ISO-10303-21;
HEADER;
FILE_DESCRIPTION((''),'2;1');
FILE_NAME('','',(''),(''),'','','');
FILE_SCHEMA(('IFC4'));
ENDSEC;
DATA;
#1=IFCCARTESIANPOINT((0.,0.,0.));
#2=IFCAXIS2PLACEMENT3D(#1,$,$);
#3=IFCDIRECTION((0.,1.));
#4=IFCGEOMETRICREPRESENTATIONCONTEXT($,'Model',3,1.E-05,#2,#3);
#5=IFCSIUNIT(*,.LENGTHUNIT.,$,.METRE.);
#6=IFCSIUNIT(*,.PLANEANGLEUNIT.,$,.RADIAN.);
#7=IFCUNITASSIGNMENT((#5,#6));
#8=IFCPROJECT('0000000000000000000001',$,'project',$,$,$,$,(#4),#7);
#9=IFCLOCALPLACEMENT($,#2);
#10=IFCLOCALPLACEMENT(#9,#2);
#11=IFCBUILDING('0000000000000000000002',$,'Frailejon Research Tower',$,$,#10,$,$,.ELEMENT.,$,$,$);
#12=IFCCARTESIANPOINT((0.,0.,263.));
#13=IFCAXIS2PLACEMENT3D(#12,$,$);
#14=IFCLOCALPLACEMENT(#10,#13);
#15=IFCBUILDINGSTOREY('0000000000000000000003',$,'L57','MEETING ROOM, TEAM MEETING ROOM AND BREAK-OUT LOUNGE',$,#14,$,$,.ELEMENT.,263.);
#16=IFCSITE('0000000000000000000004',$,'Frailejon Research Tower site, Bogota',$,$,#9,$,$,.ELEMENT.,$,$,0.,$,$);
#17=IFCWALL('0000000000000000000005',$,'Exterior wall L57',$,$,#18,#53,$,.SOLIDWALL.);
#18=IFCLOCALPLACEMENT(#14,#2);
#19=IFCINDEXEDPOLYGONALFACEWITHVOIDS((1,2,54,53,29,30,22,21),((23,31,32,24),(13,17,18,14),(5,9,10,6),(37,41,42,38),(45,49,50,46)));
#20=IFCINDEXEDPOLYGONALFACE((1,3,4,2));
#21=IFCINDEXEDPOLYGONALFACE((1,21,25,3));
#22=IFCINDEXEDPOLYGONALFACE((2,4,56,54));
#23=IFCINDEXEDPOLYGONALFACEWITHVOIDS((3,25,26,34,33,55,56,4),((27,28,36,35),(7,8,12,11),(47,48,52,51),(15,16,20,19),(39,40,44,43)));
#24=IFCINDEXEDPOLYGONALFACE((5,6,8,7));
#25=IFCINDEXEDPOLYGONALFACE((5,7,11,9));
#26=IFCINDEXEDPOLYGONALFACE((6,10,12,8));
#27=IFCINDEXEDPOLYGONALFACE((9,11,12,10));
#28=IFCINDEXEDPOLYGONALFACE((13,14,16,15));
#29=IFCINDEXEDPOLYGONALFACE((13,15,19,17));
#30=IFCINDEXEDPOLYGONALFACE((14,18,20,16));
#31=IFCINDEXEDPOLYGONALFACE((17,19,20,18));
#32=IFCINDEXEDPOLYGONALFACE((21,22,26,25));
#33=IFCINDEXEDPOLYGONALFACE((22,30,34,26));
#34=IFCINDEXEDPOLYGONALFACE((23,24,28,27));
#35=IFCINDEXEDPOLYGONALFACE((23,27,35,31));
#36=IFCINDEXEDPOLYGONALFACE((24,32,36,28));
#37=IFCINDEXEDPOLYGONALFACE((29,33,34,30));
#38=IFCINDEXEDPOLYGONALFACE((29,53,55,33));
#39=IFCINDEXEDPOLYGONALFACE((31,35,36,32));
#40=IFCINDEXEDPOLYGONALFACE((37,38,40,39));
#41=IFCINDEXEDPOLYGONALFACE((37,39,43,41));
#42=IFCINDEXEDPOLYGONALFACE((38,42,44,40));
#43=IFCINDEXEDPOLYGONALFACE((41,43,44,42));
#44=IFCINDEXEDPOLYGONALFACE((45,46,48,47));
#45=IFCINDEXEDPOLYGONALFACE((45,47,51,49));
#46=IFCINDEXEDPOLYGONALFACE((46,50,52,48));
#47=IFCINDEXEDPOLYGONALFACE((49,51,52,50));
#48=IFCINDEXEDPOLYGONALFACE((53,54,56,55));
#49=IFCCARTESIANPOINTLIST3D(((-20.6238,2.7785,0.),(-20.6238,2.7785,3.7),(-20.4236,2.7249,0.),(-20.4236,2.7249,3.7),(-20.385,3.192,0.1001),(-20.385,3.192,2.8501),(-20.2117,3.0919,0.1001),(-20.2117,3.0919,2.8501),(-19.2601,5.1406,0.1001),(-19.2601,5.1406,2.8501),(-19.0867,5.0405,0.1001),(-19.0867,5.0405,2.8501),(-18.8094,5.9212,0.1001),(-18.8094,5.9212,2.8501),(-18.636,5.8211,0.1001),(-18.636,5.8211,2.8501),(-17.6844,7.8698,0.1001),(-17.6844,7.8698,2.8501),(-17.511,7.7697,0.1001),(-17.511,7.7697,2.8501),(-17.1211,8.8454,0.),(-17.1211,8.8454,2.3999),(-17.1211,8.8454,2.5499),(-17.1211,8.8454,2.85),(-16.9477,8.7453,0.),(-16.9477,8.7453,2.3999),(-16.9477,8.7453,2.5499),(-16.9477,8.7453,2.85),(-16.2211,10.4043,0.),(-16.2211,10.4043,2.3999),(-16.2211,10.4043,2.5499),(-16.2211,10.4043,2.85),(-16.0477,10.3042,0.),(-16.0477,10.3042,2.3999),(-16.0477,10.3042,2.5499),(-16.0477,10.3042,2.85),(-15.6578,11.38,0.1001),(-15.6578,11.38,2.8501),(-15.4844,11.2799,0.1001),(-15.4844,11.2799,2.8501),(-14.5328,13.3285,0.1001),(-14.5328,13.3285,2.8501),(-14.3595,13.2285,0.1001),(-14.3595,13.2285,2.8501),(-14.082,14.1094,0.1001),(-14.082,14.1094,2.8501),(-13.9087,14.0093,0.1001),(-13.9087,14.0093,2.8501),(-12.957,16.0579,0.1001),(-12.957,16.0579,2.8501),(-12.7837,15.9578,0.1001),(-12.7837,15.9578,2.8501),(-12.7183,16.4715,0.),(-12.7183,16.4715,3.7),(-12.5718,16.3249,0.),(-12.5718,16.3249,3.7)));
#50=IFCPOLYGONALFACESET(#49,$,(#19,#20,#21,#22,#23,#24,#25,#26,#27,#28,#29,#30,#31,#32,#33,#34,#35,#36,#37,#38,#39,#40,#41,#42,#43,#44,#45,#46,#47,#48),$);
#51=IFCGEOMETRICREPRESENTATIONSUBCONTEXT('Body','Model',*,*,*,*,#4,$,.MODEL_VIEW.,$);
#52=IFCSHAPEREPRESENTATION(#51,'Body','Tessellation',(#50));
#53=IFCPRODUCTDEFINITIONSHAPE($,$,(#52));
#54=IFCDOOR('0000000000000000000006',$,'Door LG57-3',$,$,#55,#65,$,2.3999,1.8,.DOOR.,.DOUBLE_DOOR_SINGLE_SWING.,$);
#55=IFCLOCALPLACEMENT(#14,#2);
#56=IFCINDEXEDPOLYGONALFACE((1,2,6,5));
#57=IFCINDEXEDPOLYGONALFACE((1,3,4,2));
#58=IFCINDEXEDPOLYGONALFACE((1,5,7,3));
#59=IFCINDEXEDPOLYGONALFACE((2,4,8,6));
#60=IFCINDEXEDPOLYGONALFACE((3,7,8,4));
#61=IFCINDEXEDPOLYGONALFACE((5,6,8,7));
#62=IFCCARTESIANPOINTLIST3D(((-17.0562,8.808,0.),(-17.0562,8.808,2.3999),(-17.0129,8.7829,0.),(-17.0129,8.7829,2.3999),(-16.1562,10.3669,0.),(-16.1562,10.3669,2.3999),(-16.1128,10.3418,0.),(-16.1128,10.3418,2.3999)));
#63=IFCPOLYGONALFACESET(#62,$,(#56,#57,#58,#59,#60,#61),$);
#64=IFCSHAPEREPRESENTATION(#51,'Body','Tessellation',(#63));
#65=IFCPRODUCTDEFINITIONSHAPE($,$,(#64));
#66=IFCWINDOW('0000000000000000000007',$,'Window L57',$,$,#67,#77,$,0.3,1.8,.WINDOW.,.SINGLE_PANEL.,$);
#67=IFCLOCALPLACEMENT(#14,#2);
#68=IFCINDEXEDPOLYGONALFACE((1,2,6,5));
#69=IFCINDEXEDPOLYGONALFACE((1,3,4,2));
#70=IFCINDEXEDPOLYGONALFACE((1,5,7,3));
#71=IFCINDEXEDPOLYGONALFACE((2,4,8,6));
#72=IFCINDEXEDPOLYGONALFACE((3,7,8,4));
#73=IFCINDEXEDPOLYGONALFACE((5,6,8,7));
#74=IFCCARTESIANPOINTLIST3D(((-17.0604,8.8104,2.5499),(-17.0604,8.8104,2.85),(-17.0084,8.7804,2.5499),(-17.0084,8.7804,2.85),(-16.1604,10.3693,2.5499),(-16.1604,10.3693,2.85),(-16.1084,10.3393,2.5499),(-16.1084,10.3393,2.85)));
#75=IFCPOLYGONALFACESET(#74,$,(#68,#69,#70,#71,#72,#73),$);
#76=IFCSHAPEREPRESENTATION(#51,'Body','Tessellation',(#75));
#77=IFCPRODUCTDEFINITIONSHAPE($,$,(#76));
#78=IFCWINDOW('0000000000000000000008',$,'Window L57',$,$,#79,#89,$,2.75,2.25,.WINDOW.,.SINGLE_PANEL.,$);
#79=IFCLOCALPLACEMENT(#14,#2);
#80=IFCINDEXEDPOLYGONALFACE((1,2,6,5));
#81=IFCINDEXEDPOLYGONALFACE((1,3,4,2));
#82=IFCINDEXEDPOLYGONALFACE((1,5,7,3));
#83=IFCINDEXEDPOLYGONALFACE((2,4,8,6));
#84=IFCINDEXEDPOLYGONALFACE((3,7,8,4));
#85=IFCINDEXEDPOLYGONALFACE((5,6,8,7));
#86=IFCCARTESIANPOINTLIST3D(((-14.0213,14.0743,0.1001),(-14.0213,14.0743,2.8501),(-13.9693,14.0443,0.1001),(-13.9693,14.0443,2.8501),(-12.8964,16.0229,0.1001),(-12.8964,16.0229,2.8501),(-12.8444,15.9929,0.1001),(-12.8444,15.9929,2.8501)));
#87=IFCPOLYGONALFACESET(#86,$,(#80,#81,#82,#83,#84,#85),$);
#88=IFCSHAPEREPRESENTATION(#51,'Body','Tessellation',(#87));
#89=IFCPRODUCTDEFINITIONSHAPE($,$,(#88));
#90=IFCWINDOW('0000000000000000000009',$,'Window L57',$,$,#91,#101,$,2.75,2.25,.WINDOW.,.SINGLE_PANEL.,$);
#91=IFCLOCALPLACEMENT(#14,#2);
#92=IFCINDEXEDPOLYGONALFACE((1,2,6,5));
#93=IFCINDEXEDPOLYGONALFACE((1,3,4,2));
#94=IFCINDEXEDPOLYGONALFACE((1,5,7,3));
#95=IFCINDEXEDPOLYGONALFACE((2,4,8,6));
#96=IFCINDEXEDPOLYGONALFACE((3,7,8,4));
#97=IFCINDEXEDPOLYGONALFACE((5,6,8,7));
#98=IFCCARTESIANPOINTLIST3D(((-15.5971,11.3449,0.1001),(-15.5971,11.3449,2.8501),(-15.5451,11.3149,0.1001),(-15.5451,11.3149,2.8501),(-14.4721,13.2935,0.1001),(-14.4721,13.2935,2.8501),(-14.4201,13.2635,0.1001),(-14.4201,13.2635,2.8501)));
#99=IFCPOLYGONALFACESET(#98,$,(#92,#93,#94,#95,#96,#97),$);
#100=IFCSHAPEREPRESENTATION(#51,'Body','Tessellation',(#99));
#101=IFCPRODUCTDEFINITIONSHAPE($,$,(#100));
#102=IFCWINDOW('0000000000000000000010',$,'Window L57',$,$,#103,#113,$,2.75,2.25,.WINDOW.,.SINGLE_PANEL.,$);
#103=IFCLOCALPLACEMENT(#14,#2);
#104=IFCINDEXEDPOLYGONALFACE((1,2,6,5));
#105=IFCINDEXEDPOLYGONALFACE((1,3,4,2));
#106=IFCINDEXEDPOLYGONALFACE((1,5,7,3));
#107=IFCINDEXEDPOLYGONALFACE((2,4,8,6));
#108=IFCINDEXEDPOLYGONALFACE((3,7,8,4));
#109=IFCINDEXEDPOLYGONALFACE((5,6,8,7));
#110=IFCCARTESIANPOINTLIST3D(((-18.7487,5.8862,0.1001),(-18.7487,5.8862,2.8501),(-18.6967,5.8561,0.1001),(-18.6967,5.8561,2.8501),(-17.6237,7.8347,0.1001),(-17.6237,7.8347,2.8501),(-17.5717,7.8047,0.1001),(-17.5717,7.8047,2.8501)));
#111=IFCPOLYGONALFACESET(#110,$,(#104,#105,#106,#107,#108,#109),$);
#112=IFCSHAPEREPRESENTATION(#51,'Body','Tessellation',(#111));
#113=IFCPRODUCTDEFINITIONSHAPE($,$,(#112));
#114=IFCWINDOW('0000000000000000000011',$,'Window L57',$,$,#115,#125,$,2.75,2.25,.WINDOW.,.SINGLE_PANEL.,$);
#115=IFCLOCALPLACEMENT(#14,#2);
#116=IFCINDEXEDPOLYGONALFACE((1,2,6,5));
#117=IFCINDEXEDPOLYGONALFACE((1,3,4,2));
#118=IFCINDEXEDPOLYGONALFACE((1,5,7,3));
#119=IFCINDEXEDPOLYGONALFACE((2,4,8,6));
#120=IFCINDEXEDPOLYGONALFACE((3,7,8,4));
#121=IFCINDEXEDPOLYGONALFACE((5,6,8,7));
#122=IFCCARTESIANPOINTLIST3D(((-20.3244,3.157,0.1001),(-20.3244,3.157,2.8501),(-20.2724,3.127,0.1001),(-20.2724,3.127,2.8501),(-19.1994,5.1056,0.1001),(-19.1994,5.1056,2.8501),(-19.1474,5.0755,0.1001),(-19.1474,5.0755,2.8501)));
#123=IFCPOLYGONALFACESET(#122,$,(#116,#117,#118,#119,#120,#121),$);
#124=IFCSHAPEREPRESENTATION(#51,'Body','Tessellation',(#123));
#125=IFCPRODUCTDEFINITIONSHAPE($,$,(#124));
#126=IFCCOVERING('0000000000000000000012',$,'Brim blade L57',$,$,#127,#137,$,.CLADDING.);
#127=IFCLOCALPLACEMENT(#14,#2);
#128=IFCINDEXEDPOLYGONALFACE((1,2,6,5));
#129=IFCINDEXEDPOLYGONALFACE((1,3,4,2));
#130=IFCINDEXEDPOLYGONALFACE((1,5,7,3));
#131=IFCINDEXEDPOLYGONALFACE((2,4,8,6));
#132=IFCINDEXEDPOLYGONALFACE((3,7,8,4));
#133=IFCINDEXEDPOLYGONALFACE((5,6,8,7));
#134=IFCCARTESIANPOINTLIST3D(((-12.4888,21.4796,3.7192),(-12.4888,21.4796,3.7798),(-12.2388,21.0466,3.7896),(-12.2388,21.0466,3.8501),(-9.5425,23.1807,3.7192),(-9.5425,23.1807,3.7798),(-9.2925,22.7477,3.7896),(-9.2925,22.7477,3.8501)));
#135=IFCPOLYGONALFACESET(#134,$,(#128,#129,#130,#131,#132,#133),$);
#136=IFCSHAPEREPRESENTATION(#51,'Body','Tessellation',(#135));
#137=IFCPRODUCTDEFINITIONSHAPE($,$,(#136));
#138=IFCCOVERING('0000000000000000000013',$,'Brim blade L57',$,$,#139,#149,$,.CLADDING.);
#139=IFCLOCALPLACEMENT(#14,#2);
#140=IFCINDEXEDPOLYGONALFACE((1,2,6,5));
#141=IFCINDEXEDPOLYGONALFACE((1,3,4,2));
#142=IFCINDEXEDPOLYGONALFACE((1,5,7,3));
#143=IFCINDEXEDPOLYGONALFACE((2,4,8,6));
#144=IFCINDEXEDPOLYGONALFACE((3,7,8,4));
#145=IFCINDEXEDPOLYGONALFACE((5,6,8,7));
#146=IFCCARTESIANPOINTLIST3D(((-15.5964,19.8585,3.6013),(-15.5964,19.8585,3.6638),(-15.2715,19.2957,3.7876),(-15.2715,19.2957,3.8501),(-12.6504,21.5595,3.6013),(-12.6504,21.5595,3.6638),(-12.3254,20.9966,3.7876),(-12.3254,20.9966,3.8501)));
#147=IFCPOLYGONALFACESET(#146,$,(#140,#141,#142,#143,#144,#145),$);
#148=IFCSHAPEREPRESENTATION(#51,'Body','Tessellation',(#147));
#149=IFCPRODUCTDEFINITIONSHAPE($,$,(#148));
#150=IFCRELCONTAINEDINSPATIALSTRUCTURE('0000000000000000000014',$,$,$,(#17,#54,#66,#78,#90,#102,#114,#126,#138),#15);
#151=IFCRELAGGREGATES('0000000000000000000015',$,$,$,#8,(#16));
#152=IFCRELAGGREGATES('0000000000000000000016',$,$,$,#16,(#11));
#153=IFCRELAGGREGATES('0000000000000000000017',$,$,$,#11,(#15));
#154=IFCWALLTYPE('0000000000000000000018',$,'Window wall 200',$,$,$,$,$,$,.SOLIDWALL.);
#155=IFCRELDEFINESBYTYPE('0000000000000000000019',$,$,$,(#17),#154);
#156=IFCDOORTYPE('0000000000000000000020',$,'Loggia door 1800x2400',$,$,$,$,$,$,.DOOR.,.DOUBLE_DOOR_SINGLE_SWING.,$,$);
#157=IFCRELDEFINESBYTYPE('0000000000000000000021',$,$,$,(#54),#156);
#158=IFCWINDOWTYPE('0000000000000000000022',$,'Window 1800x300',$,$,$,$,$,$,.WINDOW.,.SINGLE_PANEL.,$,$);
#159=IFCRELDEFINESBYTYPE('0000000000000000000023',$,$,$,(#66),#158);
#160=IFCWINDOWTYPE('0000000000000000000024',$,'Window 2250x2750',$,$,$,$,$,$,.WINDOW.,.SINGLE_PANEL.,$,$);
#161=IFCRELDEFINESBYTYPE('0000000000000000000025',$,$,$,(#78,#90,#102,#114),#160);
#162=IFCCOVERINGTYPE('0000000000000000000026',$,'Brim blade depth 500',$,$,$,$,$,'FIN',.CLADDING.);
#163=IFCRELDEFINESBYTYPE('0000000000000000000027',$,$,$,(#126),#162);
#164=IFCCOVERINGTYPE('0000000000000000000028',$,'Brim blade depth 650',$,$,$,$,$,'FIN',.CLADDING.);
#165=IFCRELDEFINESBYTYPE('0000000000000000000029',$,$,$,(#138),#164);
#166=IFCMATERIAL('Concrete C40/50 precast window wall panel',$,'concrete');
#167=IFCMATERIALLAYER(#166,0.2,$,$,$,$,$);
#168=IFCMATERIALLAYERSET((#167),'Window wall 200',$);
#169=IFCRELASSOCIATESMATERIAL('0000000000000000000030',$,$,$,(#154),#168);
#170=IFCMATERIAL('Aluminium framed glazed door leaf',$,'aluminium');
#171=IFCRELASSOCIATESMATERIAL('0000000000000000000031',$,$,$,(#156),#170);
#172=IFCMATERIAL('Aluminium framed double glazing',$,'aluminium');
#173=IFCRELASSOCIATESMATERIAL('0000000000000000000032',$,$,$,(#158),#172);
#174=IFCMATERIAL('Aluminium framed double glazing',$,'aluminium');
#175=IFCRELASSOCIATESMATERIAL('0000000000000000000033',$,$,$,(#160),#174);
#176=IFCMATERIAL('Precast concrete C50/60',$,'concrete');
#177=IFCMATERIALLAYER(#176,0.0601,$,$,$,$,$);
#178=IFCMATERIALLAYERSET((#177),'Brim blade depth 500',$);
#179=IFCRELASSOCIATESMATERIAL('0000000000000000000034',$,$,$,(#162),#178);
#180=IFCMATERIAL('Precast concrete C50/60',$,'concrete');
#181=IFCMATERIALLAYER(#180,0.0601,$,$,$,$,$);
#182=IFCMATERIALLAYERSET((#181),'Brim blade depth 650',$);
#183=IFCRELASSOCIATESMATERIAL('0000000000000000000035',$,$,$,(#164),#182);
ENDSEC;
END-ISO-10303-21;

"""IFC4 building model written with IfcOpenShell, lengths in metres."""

from ifc_helpers import new_model, si_unit, direction, frame, frame_2d, origin, place, context, subcontext, project, spatial, polyline, rectangle, outline, extrude, material, layer, layer_set, type_object, element, fill, save


model = new_model("IFC4")

# Units and contexts
model_context = context("Model", 3, precision=1e-05, world=origin(), true_north=direction((0.0, 1.0)))
body_context = subcontext(model_context, "Body", "Model", "MODEL_VIEW")
ifc_project = project(units=[si_unit("LENGTHUNIT", "METRE"), si_unit("PLANEANGLEUNIT", "RADIAN")], contexts=[model_context])

# Site, building, storey
site_placement = place(None, origin())
site = spatial("IfcSite", under=ifc_project, at=site_placement, Name="Frailejon Research Tower site, Bogota", CompositionType="ELEMENT", RefElevation=0.0)
building_placement = place(site_placement, origin())
building = spatial("IfcBuilding", under=site, at=building_placement, Name="Frailejon Research Tower", CompositionType="ELEMENT")
storey_placement = place(building_placement, frame((0.0, 0.0, 263.0)))
storey = spatial("IfcBuildingStorey", under=building, at=storey_placement, Name="L57", Description="MEETING ROOM, TEAM MEETING ROOM AND BREAK-OUT LOUNGE", CompositionType="ELEMENT", Elevation=263.0)

# Wall, openings, door, windows
ifc_material_1 = material(Name="Concrete C40/50 precast window wall panel", Category="concrete")
ifc_layer_1 = layer(ifc_material_1, 0.2)
ifc_layer_set_1 = layer_set([ifc_layer_1], Name="Window wall 200")
wall_type_1 = type_object("IfcWallType", Name="Window wall 200", PredefinedType="SOLIDWALL", material=ifc_layer_set_1)
wall_1_placement = place(storey_placement, frame((-12.645, 16.3982, 0.0), z_axis=(0.0, 0.0, 1.0), x_axis=(-0.499993, -0.866029, 0.0)))
wall_1 = element("IfcWall", 1, at=wall_1_placement, inside=storey, type_object=wall_type_1, Name="Exterior wall L57", PredefinedType="SOLIDWALL", context=body_context, shape_type="SweptSolid", body=[
    extrude(outline(polyline([(-0.0269, -0.1001), (1.0273, -0.1001), (2.0813, -0.1001), (3.1355, -0.1001), (4.1895, -0.1001), (5.2437, -0.1001), (6.2976, -0.1001), (7.3518, -0.1001), (8.4058, -0.1001), (9.46, -0.1001), (10.5139, -0.1001), (11.5681, -0.1001), (12.6221, -0.1001), (13.6763, -0.1001), (14.7302, -0.1001), (15.7844, -0.1001), (15.7307, 0.1001), (14.6838, 0.1001), (13.637, 0.1001), (12.5898, 0.1001), (11.543, 0.1001), (10.4961, 0.1001), (9.4492, 0.1001), (8.4023, 0.1001), (7.3552, 0.1001), (6.3083, 0.1001), (5.2615, 0.1001), (4.2146, 0.1001), (3.1677, 0.1001), (2.1206, 0.1001), (1.0737, 0.1001), (0.0269, 0.1001), (-0.0269, -0.1001)])), origin(), (0.0, 0.0, 1.0), 3.7),
])
opening_1_placement = place(wall_1_placement, frame((0.4507, 0.0, 0.1001)))
opening_1 = element("IfcOpeningElement", 2, at=opening_1_placement, cuts=wall_1, PredefinedType="OPENING", context=body_context, shape_type="SweptSolid", body=[
    extrude(rectangle(XDim=2.25, YDim=2.75, at=frame_2d((1.125, 1.375))), frame((0.0, 0.1099, 0.0), z_axis=(0.0, -1.0, 0.0), x_axis=(1.0, 0.0, 0.0)), (0.0, 0.0, 1.0), 0.22),
])
opening_2_placement = place(wall_1_placement, frame((3.6023, 0.0, 0.1001)))
opening_2 = element("IfcOpeningElement", 3, at=opening_2_placement, cuts=wall_1, PredefinedType="OPENING", context=body_context, shape_type="SweptSolid", body=[
    extrude(rectangle(XDim=2.25, YDim=2.75, at=frame_2d((1.125, 1.375))), frame((0.0, 0.1099, 0.0), z_axis=(0.0, -1.0, 0.0), x_axis=(1.0, 0.0, 0.0)), (0.0, 0.0, 1.0), 0.22),
])
opening_3_placement = place(wall_1_placement, frame((6.979, 0.0, 0.0)))
opening_3 = element("IfcOpeningElement", 4, at=opening_3_placement, cuts=wall_1, PredefinedType="OPENING", context=body_context, shape_type="SweptSolid", body=[
    extrude(rectangle(XDim=1.8, YDim=2.3999, at=frame_2d((0.8999, 1.2))), frame((0.0, 0.1099, 0.0), z_axis=(0.0, -1.0, 0.0), x_axis=(1.0, 0.0, 0.0)), (0.0, 0.0, 1.0), 0.22),
])
opening_4_placement = place(wall_1_placement, frame((6.979, 0.0, 2.55)))
opening_4 = element("IfcOpeningElement", 5, at=opening_4_placement, cuts=wall_1, PredefinedType="OPENING", context=body_context, shape_type="SweptSolid", body=[
    extrude(rectangle(XDim=1.8, YDim=0.3, at=frame_2d((0.8999, 0.1499))), frame((0.0, 0.1099, 0.0), z_axis=(0.0, -1.0, 0.0), x_axis=(1.0, 0.0, 0.0)), (0.0, 0.0, 1.0), 0.22),
])
opening_5_placement = place(wall_1_placement, frame((9.9055, 0.0, 0.1001)))
opening_5 = element("IfcOpeningElement", 6, at=opening_5_placement, cuts=wall_1, PredefinedType="OPENING", context=body_context, shape_type="SweptSolid", body=[
    extrude(rectangle(XDim=2.25, YDim=2.75, at=frame_2d((1.125, 1.375))), frame((0.0, 0.1099, 0.0), z_axis=(0.0, -1.0, 0.0), x_axis=(1.0, 0.0, 0.0)), (0.0, 0.0, 1.0), 0.22),
])
opening_6_placement = place(wall_1_placement, frame((13.0569, 0.0, 0.1001)))
opening_6 = element("IfcOpeningElement", 7, at=opening_6_placement, cuts=wall_1, PredefinedType="OPENING", context=body_context, shape_type="SweptSolid", body=[
    extrude(rectangle(XDim=2.25, YDim=2.75, at=frame_2d((1.125, 1.375))), frame((0.0, 0.1099, 0.0), z_axis=(0.0, -1.0, 0.0), x_axis=(1.0, 0.0, 0.0)), (0.0, 0.0, 1.0), 0.22),
])
ifc_material_2 = material(Name="Aluminium framed glazed door leaf", Category="aluminium")
door_type = type_object("IfcDoorType", Name="Loggia door 1800x2400", OperationType="DOUBLE_DOOR_SINGLE_SWING", PredefinedType="DOOR", material=ifc_material_2)
door_placement = place(opening_3_placement, origin())
door = element("IfcDoor", 8, at=door_placement, inside=storey, type_object=door_type, Name="Door LG57-3", OperationType="DOUBLE_DOOR_SINGLE_SWING", OverallHeight=2.3999, OverallWidth=1.8, PredefinedType="DOOR", context=body_context, shape_type="SweptSolid", body=[
    extrude(rectangle(XDim=1.8, YDim=2.3999, at=frame_2d((0.8999, 1.2))), frame((0.0, 0.0249, 0.0), z_axis=(0.0, -1.0, 0.0), x_axis=(1.0, 0.0, 0.0)), (0.0, 0.0, 1.0), 0.05),
])
fill(opening_3, door)
ifc_material_3 = material(Name="Aluminium framed double glazing", Category="aluminium")
window_type_1 = type_object("IfcWindowType", Name="Window 1800x300", PartitioningType="SINGLE_PANEL", PredefinedType="WINDOW", material=ifc_material_3)
window_1_placement = place(opening_4_placement, origin())
window_1 = element("IfcWindow", 9, at=window_1_placement, inside=storey, type_object=window_type_1, Name="Window L57", OverallHeight=0.3, OverallWidth=1.8, PartitioningType="SINGLE_PANEL", PredefinedType="WINDOW", context=body_context, shape_type="SweptSolid", body=[
    extrude(rectangle(XDim=1.8, YDim=0.3, at=frame_2d((0.8999, 0.1499))), frame((0.0, 0.03, 0.0), z_axis=(0.0, -1.0, 0.0), x_axis=(1.0, 0.0, 0.0)), (0.0, 0.0, 1.0), 0.0601),
])
fill(opening_4, window_1)
ifc_material_4 = material(Name="Aluminium framed double glazing", Category="aluminium")
window_type_2 = type_object("IfcWindowType", Name="Window 2250x2750", PartitioningType="SINGLE_PANEL", PredefinedType="WINDOW", material=ifc_material_4)
window_2_placement = place(opening_1_placement, origin())
window_2 = element("IfcWindow", 10, at=window_2_placement, inside=storey, type_object=window_type_2, Name="Window L57", OverallHeight=2.75, OverallWidth=2.25, PartitioningType="SINGLE_PANEL", PredefinedType="WINDOW", context=body_context, shape_type="SweptSolid", body=[
    extrude(rectangle(XDim=2.25, YDim=2.75, at=frame_2d((1.125, 1.375))), frame((0.0, 0.03, 0.0), z_axis=(0.0, -1.0, 0.0), x_axis=(1.0, 0.0, 0.0)), (0.0, 0.0, 1.0), 0.0601),
])
fill(opening_1, window_2)
window_3_placement = place(opening_2_placement, origin())
window_3 = element("IfcWindow", 11, at=window_3_placement, inside=storey, type_object=window_type_2, Name="Window L57", OverallHeight=2.75, OverallWidth=2.25, PartitioningType="SINGLE_PANEL", PredefinedType="WINDOW", context=body_context, shape_type="SweptSolid", body=[
    extrude(rectangle(XDim=2.25, YDim=2.75, at=frame_2d((1.125, 1.375))), frame((0.0, 0.03, 0.0), z_axis=(0.0, -1.0, 0.0), x_axis=(1.0, 0.0, 0.0)), (0.0, 0.0, 1.0), 0.0601),
])
fill(opening_2, window_3)
window_4_placement = place(opening_5_placement, origin())
window_4 = element("IfcWindow", 12, at=window_4_placement, inside=storey, type_object=window_type_2, Name="Window L57", OverallHeight=2.75, OverallWidth=2.25, PartitioningType="SINGLE_PANEL", PredefinedType="WINDOW", context=body_context, shape_type="SweptSolid", body=[
    extrude(rectangle(XDim=2.25, YDim=2.75, at=frame_2d((1.125, 1.375))), frame((0.0, 0.03, 0.0), z_axis=(0.0, -1.0, 0.0), x_axis=(1.0, 0.0, 0.0)), (0.0, 0.0, 1.0), 0.0601),
])
fill(opening_5, window_4)
window_5_placement = place(opening_6_placement, origin())
window_5 = element("IfcWindow", 13, at=window_5_placement, inside=storey, type_object=window_type_2, Name="Window L57", OverallHeight=2.75, OverallWidth=2.25, PartitioningType="SINGLE_PANEL", PredefinedType="WINDOW", context=body_context, shape_type="SweptSolid", body=[
    extrude(rectangle(XDim=2.25, YDim=2.75, at=frame_2d((1.125, 1.375))), frame((0.0, 0.03, 0.0), z_axis=(0.0, -1.0, 0.0), x_axis=(1.0, 0.0, 0.0)), (0.0, 0.0, 1.0), 0.0601),
])
fill(opening_6, window_5)

# Coverings
ifc_material_5 = material(Name="Precast concrete C50/60", Category="concrete")
ifc_layer_2 = layer(ifc_material_5, 0.0601)
ifc_layer_set_2 = layer_set([ifc_layer_2], Name="Brim blade depth 500")
covering_type_1 = type_object("IfcCoveringType", Name="Brim blade depth 500", ElementType="FIN", PredefinedType="CLADDING", material=ifc_layer_set_2)
covering_1_placement = place(storey_placement, frame((-12.2388, 21.0466, 3.8501), z_axis=(0.866024, 0.500003, 0.0), x_axis=(-0.500003, 0.866024, 0.0)))
element("IfcCovering", 14, at=covering_1_placement, inside=storey, type_object=covering_type_1, Name="Brim blade L57", PredefinedType="CLADDING", context=body_context, shape_type="SweptSolid", body=[
    extrude(outline(polyline([(0.0, -0.0605), (0.5, -0.1309), (0.5, -0.0703), (0.0, 0.0), (0.0, -0.0605)])), origin(), (0.0, 0.0, 1.0), 3.4021),
])
ifc_material_6 = material(Name="Precast concrete C50/60", Category="concrete")
ifc_layer_3 = layer(ifc_material_6, 0.0601)
ifc_layer_set_3 = layer_set([ifc_layer_3], Name="Brim blade depth 650")
covering_type_2 = type_object("IfcCoveringType", Name="Brim blade depth 650", ElementType="FIN", PredefinedType="CLADDING", material=ifc_layer_set_3)
covering_2_placement = place(storey_placement, frame((-15.2715, 19.2957, 3.8501), z_axis=(0.866017, 0.500015, 0.0), x_axis=(-0.500015, 0.866017, 0.0)))
element("IfcCovering", 15, at=covering_2_placement, inside=storey, type_object=covering_type_2, Name="Brim blade L57", PredefinedType="CLADDING", context=body_context, shape_type="SweptSolid", body=[
    extrude(outline(polyline([(0.0, -0.0625), (0.6499, -0.2488), (0.6499, -0.1863), (0.0, 0.0), (0.0, -0.0625)])), origin(), (0.0, 0.0, 1.0), 3.4019),
])

save(model, "model.ifc")
